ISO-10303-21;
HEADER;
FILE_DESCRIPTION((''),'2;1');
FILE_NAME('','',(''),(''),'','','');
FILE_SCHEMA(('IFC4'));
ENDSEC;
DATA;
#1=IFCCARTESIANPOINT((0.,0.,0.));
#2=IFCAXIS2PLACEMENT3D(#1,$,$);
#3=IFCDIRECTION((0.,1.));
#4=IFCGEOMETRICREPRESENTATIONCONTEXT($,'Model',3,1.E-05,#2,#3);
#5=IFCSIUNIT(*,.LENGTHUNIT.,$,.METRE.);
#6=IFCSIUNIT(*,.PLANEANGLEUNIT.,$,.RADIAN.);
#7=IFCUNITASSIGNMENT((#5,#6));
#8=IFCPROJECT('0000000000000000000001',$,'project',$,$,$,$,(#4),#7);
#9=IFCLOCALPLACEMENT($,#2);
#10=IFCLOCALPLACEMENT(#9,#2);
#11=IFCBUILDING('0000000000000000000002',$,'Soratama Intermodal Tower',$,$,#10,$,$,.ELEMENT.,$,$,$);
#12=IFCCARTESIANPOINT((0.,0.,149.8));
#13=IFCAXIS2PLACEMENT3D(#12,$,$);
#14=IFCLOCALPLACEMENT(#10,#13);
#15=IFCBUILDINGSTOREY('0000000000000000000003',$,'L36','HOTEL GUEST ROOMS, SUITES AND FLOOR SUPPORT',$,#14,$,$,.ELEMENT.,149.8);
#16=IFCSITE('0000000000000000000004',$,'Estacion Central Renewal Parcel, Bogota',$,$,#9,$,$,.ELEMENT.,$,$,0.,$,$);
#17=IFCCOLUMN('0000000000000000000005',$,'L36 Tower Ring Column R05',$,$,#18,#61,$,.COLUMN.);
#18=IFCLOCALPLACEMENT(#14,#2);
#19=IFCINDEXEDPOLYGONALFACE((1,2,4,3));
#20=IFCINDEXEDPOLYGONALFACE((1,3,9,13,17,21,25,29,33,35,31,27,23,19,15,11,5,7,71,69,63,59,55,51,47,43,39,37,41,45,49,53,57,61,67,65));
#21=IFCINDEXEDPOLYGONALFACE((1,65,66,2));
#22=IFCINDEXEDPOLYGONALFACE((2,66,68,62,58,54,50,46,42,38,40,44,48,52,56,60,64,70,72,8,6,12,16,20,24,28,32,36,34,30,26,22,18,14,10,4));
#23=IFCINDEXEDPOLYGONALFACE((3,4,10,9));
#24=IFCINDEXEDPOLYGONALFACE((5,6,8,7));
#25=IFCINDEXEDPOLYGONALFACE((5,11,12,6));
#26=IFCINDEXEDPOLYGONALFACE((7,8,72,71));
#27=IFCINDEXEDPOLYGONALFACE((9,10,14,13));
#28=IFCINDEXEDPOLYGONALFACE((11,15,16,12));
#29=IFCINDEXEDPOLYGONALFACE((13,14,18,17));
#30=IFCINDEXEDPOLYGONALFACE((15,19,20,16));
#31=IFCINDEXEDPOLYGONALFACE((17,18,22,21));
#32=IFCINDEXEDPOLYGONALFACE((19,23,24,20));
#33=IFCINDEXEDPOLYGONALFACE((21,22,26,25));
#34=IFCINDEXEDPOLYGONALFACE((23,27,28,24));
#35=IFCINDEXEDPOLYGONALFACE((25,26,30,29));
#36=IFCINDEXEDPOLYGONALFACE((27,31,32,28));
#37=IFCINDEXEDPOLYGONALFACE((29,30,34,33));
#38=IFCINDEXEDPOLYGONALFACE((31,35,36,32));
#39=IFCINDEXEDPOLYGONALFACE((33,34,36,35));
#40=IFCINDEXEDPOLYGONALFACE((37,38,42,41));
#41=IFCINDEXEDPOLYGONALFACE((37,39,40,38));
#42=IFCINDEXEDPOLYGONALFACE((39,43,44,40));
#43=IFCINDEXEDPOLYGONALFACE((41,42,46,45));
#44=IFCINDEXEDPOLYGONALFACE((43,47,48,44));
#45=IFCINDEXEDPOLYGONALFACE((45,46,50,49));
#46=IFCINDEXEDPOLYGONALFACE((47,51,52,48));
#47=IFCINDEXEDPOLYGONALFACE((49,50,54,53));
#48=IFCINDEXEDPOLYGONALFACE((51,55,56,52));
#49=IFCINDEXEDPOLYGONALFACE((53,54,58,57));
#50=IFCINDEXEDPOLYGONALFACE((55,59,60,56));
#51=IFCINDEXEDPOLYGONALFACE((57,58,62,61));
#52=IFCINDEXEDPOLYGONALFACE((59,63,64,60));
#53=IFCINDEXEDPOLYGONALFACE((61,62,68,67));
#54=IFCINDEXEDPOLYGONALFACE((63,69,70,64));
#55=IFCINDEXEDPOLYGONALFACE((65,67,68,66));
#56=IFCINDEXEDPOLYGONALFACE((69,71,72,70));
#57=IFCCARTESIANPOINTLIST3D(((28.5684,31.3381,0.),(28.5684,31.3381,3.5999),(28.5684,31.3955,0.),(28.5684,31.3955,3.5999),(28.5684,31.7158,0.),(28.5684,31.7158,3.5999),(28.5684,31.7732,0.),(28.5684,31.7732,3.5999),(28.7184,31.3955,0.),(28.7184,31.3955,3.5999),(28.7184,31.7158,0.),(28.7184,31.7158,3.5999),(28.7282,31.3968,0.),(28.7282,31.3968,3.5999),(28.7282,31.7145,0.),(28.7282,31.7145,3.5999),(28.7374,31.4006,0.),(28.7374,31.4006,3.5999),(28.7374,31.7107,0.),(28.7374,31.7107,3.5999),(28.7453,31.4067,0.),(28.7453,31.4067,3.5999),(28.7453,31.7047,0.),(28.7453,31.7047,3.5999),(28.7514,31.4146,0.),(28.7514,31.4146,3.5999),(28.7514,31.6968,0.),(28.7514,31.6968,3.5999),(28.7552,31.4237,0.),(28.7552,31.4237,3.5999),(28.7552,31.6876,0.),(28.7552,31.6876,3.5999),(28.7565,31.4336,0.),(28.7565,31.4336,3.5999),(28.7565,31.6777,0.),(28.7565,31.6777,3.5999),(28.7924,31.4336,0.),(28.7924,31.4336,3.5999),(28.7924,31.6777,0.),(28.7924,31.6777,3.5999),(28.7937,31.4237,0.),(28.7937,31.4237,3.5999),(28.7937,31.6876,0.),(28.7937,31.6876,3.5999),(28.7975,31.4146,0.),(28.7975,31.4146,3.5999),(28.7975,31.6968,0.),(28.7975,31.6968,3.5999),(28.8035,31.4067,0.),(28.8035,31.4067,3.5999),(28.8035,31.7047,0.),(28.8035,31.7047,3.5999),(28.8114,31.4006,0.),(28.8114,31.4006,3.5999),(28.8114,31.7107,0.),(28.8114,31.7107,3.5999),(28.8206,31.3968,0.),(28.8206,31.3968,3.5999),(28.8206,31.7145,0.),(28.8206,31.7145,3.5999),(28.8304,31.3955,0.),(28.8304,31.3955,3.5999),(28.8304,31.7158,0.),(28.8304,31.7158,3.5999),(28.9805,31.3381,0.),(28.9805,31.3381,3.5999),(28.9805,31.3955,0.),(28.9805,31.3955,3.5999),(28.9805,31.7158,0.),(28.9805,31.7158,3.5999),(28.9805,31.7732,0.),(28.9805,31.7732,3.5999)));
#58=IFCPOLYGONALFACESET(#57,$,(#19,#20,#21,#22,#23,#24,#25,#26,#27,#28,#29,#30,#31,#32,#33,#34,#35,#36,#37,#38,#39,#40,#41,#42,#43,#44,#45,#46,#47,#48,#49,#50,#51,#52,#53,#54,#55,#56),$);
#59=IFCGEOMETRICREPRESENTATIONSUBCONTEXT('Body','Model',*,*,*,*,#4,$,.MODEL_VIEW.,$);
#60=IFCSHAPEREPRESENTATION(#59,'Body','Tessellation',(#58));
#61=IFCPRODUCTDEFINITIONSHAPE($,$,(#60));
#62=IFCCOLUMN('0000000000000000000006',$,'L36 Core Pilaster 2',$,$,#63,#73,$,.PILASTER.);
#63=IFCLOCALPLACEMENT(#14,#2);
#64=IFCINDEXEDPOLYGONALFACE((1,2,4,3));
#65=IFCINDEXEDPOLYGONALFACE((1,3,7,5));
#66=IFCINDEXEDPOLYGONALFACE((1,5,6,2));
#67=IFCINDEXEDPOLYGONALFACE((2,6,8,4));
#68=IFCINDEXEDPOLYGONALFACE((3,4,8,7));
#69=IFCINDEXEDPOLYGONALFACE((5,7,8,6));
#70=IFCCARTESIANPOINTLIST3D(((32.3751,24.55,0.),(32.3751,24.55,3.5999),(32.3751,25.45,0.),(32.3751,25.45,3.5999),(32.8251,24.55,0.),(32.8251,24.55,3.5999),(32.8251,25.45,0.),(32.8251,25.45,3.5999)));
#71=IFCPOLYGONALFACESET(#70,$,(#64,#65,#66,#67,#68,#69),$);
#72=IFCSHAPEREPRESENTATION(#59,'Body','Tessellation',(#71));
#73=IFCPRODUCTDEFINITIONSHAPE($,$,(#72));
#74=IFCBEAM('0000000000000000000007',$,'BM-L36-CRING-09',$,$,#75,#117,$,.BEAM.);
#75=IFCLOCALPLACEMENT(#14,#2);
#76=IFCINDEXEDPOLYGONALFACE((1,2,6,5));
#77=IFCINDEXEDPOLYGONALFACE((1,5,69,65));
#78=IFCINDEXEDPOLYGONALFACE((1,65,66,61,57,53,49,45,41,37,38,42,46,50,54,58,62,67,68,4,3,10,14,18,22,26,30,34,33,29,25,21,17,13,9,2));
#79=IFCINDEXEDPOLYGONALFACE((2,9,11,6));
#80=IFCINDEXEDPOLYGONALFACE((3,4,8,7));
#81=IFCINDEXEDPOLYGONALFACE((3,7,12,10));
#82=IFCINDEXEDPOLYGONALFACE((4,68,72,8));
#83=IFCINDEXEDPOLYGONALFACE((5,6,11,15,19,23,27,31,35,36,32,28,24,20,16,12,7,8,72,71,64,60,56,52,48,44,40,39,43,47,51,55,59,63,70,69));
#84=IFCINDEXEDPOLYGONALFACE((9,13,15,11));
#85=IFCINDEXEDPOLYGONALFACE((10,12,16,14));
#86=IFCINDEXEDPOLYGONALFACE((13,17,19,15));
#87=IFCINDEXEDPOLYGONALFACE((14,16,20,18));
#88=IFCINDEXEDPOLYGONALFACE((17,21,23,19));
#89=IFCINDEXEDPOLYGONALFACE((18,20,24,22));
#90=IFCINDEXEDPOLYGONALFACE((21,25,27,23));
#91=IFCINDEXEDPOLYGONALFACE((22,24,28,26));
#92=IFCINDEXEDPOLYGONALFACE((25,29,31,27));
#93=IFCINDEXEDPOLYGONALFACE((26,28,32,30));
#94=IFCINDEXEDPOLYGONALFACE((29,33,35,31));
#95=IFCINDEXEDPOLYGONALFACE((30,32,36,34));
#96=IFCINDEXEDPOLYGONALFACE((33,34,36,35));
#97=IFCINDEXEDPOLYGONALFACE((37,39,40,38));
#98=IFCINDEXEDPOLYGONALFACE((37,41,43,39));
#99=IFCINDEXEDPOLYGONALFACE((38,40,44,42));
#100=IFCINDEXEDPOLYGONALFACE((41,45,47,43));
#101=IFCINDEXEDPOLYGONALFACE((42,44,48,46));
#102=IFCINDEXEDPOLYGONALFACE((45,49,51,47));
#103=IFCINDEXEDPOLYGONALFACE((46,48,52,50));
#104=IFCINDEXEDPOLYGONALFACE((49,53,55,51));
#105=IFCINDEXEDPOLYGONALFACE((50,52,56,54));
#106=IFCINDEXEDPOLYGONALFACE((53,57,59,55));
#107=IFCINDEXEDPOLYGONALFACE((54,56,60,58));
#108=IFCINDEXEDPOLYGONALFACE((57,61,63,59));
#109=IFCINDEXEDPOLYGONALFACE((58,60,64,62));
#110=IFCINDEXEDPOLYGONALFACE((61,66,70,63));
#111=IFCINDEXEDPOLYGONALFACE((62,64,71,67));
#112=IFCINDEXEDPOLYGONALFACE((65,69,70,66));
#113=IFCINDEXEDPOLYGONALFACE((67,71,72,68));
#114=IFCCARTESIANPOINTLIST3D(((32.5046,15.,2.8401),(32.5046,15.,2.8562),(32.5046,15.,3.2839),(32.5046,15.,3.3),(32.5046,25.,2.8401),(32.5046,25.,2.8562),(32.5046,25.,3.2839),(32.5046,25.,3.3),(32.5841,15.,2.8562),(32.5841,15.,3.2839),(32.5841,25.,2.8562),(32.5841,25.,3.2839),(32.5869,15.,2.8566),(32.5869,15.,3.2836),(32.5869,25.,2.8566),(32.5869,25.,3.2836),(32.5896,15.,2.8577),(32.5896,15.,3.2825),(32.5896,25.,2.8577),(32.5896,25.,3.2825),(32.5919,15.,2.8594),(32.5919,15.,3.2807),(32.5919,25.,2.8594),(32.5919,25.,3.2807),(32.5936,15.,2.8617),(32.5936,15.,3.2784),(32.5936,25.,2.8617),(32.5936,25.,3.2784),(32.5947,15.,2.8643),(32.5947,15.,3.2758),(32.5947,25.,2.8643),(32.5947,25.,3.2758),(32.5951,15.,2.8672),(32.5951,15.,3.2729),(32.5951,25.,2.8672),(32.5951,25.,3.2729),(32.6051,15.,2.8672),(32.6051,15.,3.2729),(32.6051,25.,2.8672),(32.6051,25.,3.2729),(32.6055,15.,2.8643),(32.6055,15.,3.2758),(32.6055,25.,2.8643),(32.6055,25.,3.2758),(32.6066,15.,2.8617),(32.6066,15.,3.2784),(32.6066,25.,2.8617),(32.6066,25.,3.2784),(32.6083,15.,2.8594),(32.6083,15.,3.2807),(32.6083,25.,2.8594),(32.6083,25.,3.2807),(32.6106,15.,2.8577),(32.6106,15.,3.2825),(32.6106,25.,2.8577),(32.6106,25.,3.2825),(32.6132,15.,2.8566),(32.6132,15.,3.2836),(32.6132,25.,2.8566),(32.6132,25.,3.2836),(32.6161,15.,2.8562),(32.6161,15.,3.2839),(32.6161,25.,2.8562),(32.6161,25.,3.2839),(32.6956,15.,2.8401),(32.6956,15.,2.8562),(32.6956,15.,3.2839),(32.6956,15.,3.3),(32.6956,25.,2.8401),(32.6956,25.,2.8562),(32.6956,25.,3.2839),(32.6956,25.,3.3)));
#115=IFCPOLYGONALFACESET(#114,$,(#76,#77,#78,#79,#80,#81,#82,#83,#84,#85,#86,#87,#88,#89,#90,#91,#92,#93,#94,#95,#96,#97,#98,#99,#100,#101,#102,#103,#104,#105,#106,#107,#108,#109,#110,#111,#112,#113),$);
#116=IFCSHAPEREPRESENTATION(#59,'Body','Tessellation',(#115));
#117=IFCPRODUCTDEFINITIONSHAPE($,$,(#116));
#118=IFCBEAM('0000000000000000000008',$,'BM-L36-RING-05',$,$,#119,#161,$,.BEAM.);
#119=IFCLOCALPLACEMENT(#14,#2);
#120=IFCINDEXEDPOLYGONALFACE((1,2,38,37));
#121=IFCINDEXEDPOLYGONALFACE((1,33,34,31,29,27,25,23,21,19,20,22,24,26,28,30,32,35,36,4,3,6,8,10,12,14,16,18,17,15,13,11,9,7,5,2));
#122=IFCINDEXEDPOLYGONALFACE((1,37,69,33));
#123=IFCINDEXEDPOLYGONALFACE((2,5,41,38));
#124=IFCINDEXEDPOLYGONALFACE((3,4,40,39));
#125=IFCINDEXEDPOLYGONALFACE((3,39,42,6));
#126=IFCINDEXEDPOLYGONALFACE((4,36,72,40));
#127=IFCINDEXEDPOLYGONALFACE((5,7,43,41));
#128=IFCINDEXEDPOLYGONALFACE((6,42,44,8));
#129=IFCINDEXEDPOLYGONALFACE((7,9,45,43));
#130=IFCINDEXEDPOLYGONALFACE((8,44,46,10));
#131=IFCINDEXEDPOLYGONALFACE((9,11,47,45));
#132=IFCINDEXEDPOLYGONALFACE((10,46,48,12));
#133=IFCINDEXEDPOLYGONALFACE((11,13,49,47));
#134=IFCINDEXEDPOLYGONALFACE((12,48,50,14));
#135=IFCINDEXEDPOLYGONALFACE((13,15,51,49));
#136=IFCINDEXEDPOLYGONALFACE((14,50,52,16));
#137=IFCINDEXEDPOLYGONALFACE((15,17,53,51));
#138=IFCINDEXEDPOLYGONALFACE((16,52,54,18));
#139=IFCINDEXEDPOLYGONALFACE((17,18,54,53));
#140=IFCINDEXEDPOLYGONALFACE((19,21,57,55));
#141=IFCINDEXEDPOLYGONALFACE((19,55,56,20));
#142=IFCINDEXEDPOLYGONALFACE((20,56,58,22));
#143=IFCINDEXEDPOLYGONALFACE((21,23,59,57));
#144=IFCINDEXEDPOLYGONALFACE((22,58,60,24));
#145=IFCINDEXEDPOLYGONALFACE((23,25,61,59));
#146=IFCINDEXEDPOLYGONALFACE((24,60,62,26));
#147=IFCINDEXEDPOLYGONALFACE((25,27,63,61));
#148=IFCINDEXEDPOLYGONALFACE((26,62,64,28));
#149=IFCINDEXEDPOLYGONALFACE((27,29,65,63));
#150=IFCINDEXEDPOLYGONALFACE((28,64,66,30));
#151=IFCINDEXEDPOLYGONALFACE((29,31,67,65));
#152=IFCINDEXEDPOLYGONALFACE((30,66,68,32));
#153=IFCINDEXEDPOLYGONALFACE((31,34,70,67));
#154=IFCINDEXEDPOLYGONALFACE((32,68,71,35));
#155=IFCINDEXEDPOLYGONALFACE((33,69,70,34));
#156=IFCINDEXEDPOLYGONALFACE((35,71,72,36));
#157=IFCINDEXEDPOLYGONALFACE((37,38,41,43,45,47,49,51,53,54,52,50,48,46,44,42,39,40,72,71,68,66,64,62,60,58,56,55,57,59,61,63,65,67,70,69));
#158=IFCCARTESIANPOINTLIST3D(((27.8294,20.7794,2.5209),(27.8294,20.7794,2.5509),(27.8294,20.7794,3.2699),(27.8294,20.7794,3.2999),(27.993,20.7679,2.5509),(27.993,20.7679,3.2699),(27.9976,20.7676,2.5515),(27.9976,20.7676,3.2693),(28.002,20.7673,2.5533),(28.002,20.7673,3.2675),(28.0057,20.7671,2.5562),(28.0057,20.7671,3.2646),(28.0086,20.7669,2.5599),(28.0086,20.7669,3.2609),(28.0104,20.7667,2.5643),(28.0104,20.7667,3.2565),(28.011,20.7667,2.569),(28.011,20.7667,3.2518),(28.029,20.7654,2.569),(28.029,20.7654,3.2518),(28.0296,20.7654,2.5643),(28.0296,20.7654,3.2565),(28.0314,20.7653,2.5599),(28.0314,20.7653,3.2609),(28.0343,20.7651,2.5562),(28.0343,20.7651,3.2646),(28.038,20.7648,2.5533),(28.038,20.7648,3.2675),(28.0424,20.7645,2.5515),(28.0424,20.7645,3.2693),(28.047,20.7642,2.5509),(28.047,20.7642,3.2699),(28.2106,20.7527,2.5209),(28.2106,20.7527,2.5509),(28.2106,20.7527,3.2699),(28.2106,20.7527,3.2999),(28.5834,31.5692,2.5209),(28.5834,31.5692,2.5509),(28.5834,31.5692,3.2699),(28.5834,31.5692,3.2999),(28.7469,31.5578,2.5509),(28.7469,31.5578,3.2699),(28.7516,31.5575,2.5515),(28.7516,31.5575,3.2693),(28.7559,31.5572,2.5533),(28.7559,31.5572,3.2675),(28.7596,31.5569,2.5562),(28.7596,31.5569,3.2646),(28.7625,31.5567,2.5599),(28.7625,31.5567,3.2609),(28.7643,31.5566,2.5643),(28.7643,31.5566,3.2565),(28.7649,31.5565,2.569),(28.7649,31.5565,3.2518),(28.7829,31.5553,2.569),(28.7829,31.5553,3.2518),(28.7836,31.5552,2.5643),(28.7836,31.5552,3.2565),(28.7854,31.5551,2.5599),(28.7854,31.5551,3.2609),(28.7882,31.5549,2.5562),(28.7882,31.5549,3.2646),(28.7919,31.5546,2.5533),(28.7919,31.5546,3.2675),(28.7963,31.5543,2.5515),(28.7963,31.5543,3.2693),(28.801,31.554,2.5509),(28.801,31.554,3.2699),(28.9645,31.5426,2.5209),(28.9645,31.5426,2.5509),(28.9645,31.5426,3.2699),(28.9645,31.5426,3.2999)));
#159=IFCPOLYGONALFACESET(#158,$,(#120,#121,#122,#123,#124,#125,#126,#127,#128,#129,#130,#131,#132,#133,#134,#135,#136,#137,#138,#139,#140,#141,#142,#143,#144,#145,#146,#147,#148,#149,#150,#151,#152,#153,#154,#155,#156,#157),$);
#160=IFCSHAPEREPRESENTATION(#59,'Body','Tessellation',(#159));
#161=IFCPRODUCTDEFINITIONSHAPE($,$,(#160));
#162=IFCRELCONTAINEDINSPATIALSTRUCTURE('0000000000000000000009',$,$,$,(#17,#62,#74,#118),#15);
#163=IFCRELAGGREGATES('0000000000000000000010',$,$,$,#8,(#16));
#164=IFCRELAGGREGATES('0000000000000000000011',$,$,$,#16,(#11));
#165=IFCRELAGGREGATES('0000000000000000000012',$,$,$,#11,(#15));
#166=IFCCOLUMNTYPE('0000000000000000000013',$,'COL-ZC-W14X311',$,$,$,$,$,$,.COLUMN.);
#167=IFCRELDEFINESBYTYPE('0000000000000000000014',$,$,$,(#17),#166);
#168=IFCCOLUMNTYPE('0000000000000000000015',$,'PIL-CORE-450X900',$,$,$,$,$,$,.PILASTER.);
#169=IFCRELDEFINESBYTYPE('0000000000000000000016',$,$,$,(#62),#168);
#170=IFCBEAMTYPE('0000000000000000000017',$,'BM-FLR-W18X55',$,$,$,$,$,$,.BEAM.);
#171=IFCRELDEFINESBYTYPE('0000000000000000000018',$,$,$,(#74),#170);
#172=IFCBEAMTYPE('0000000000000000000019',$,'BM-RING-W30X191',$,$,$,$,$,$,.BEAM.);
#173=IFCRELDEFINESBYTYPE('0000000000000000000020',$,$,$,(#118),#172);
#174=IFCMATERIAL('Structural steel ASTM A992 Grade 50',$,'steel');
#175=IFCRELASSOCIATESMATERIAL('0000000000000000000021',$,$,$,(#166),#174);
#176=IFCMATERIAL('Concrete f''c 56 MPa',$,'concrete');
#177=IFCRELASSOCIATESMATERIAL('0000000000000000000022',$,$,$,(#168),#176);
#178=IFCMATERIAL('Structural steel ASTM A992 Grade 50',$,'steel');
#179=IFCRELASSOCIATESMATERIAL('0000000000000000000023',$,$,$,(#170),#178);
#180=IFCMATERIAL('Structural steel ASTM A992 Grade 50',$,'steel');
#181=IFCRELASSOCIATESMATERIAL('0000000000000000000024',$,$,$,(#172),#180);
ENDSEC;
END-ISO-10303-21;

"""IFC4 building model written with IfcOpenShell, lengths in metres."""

from ifc_helpers import new_model, si_unit, direction, frame, origin, origin_2d, place, context, subcontext, project, spatial, rectangle, i_section, extrude, material, material_profile, profile_set, type_object, element, save


model = new_model("IFC4")

# Units and contexts
model_context = context("Model", 3, precision=1e-05, world=origin(), true_north=direction((0.0, 1.0)))
body_context = subcontext(model_context, "Body", "Model", "MODEL_VIEW")
ifc_project = project(units=[si_unit("LENGTHUNIT", "METRE"), si_unit("PLANEANGLEUNIT", "RADIAN")], contexts=[model_context])

# Site, building, storey
site_placement = place(None, origin())
site = spatial("IfcSite", under=ifc_project, at=site_placement, Name="Estacion Central Renewal Parcel, Bogota", CompositionType="ELEMENT", RefElevation=0.0)
building_placement = place(site_placement, origin())
building = spatial("IfcBuilding", under=site, at=building_placement, Name="Soratama Intermodal Tower", CompositionType="ELEMENT")
storey_placement = place(building_placement, frame((0.0, 0.0, 149.8)))
storey = spatial("IfcBuildingStorey", under=building, at=storey_placement, Name="L36", Description="HOTEL GUEST ROOMS, SUITES AND FLOOR SUPPORT", CompositionType="ELEMENT", Elevation=149.8)

# Columns
ifc_material_1 = material(Name="Structural steel ASTM A992 Grade 50", Category="steel")
ifc_material_profile_1 = material_profile(ifc_material_1, i_section(OverallWidth=0.4121, OverallDepth=0.4351, WebThickness=0.0359, FlangeThickness=0.0574, FilletRadius=0.0381, at=origin_2d()), Name="W14X311")
ifc_profile_set_1 = profile_set([ifc_material_profile_1], Name="Structural steel ASTM A992 Grade 50")
column_type_1 = type_object("IfcColumnType", Name="COL-ZC-W14X311", PredefinedType="COLUMN", material=ifc_profile_set_1)
column_1_placement = place(storey_placement, frame((28.7744, 31.5557, 0.0), z_axis=(0.0, 0.0, 1.0), x_axis=(1.0, 0.0, 0.0)))
element("IfcColumn", 1, at=column_1_placement, inside=storey, type_object=column_type_1, Name="L36 Tower Ring Column R05", PredefinedType="COLUMN", context=body_context, shape_type="SweptSolid", body=[
    extrude(i_section(OverallWidth=0.4121, OverallDepth=0.4351, WebThickness=0.0359, FlangeThickness=0.0574, FilletRadius=0.0381, at=origin_2d()), origin(), (0.0, 0.0, 1.0), 3.5999),
])
ifc_material_2 = material(Name="Concrete f'c 56 MPa", Category="concrete")
ifc_material_profile_2 = material_profile(ifc_material_2, rectangle(XDim=0.45, YDim=0.8999, at=origin_2d()), Name="RC450X900")
ifc_profile_set_2 = profile_set([ifc_material_profile_2], Name="Concrete f'c 56 MPa")
column_type_2 = type_object("IfcColumnType", Name="PIL-CORE-450X900", PredefinedType="PILASTER", material=ifc_profile_set_2)
column_2_placement = place(storey_placement, frame((32.6001, 25.0, 0.0), z_axis=(0.0, 0.0, 1.0), x_axis=(1.0, 0.0, 0.0)))
element("IfcColumn", 2, at=column_2_placement, inside=storey, type_object=column_type_2, Name="L36 Core Pilaster 2", PredefinedType="PILASTER", context=body_context, shape_type="SweptSolid", body=[
    extrude(rectangle(XDim=0.45, YDim=0.8999, at=origin_2d()), origin(), (0.0, 0.0, 1.0), 3.5999),
])

# Beams
ifc_material_3 = material(Name="Structural steel ASTM A992 Grade 50", Category="steel")
ifc_material_profile_3 = material_profile(ifc_material_3, i_section(OverallWidth=0.1909, OverallDepth=0.46, WebThickness=0.01, FlangeThickness=0.0161, FilletRadius=0.011, at=origin_2d()), Name="W18X55")
ifc_profile_set_3 = profile_set([ifc_material_profile_3], Name="Structural steel ASTM A992 Grade 50")
beam_type_1 = type_object("IfcBeamType", Name="BM-FLR-W18X55", PredefinedType="BEAM", material=ifc_profile_set_3)
beam_1_placement = place(storey_placement, frame((32.6001, 25.0, 3.0701), z_axis=(0.0, -1.0, 0.0), x_axis=(1.0, 0.0, 0.0)))
element("IfcBeam", 3, at=beam_1_placement, inside=storey, type_object=beam_type_1, Name="BM-L36-CRING-09", PredefinedType="BEAM", context=body_context, shape_type="SweptSolid", body=[
    extrude(i_section(OverallWidth=0.1909, OverallDepth=0.46, WebThickness=0.01, FlangeThickness=0.0161, FilletRadius=0.011, at=origin_2d()), origin(), (0.0, 0.0, 1.0), 10.0),
])
ifc_material_4 = material(Name="Structural steel ASTM A992 Grade 50", Category="steel")
ifc_material_profile_4 = material_profile(ifc_material_4, i_section(OverallWidth=0.3821, OverallDepth=0.7791, WebThickness=0.0181, FlangeThickness=0.03, FilletRadius=0.0181, at=origin_2d()), Name="W30X191")
ifc_profile_set_4 = profile_set([ifc_material_profile_4], Name="Structural steel ASTM A992 Grade 50")
beam_type_2 = type_object("IfcBeamType", Name="BM-RING-W30X191", PredefinedType="BEAM", material=ifc_profile_set_4)
beam_2_placement = place(storey_placement, frame((28.7739, 31.5559, 2.9104), z_axis=(-0.069702, -0.997568, 0.0), x_axis=(0.997568, -0.069702, 0.0)))
element("IfcBeam", 4, at=beam_2_placement, inside=storey, type_object=beam_type_2, Name="BM-L36-RING-05", PredefinedType="BEAM", context=body_context, shape_type="SweptSolid", body=[
    extrude(i_section(OverallWidth=0.3821, OverallDepth=0.7791, WebThickness=0.0181, FlangeThickness=0.03, FilletRadius=0.0181, at=origin_2d()), origin(), (0.0, 0.0, 1.0), 10.8162),
])

save(model, "model.ifc")
